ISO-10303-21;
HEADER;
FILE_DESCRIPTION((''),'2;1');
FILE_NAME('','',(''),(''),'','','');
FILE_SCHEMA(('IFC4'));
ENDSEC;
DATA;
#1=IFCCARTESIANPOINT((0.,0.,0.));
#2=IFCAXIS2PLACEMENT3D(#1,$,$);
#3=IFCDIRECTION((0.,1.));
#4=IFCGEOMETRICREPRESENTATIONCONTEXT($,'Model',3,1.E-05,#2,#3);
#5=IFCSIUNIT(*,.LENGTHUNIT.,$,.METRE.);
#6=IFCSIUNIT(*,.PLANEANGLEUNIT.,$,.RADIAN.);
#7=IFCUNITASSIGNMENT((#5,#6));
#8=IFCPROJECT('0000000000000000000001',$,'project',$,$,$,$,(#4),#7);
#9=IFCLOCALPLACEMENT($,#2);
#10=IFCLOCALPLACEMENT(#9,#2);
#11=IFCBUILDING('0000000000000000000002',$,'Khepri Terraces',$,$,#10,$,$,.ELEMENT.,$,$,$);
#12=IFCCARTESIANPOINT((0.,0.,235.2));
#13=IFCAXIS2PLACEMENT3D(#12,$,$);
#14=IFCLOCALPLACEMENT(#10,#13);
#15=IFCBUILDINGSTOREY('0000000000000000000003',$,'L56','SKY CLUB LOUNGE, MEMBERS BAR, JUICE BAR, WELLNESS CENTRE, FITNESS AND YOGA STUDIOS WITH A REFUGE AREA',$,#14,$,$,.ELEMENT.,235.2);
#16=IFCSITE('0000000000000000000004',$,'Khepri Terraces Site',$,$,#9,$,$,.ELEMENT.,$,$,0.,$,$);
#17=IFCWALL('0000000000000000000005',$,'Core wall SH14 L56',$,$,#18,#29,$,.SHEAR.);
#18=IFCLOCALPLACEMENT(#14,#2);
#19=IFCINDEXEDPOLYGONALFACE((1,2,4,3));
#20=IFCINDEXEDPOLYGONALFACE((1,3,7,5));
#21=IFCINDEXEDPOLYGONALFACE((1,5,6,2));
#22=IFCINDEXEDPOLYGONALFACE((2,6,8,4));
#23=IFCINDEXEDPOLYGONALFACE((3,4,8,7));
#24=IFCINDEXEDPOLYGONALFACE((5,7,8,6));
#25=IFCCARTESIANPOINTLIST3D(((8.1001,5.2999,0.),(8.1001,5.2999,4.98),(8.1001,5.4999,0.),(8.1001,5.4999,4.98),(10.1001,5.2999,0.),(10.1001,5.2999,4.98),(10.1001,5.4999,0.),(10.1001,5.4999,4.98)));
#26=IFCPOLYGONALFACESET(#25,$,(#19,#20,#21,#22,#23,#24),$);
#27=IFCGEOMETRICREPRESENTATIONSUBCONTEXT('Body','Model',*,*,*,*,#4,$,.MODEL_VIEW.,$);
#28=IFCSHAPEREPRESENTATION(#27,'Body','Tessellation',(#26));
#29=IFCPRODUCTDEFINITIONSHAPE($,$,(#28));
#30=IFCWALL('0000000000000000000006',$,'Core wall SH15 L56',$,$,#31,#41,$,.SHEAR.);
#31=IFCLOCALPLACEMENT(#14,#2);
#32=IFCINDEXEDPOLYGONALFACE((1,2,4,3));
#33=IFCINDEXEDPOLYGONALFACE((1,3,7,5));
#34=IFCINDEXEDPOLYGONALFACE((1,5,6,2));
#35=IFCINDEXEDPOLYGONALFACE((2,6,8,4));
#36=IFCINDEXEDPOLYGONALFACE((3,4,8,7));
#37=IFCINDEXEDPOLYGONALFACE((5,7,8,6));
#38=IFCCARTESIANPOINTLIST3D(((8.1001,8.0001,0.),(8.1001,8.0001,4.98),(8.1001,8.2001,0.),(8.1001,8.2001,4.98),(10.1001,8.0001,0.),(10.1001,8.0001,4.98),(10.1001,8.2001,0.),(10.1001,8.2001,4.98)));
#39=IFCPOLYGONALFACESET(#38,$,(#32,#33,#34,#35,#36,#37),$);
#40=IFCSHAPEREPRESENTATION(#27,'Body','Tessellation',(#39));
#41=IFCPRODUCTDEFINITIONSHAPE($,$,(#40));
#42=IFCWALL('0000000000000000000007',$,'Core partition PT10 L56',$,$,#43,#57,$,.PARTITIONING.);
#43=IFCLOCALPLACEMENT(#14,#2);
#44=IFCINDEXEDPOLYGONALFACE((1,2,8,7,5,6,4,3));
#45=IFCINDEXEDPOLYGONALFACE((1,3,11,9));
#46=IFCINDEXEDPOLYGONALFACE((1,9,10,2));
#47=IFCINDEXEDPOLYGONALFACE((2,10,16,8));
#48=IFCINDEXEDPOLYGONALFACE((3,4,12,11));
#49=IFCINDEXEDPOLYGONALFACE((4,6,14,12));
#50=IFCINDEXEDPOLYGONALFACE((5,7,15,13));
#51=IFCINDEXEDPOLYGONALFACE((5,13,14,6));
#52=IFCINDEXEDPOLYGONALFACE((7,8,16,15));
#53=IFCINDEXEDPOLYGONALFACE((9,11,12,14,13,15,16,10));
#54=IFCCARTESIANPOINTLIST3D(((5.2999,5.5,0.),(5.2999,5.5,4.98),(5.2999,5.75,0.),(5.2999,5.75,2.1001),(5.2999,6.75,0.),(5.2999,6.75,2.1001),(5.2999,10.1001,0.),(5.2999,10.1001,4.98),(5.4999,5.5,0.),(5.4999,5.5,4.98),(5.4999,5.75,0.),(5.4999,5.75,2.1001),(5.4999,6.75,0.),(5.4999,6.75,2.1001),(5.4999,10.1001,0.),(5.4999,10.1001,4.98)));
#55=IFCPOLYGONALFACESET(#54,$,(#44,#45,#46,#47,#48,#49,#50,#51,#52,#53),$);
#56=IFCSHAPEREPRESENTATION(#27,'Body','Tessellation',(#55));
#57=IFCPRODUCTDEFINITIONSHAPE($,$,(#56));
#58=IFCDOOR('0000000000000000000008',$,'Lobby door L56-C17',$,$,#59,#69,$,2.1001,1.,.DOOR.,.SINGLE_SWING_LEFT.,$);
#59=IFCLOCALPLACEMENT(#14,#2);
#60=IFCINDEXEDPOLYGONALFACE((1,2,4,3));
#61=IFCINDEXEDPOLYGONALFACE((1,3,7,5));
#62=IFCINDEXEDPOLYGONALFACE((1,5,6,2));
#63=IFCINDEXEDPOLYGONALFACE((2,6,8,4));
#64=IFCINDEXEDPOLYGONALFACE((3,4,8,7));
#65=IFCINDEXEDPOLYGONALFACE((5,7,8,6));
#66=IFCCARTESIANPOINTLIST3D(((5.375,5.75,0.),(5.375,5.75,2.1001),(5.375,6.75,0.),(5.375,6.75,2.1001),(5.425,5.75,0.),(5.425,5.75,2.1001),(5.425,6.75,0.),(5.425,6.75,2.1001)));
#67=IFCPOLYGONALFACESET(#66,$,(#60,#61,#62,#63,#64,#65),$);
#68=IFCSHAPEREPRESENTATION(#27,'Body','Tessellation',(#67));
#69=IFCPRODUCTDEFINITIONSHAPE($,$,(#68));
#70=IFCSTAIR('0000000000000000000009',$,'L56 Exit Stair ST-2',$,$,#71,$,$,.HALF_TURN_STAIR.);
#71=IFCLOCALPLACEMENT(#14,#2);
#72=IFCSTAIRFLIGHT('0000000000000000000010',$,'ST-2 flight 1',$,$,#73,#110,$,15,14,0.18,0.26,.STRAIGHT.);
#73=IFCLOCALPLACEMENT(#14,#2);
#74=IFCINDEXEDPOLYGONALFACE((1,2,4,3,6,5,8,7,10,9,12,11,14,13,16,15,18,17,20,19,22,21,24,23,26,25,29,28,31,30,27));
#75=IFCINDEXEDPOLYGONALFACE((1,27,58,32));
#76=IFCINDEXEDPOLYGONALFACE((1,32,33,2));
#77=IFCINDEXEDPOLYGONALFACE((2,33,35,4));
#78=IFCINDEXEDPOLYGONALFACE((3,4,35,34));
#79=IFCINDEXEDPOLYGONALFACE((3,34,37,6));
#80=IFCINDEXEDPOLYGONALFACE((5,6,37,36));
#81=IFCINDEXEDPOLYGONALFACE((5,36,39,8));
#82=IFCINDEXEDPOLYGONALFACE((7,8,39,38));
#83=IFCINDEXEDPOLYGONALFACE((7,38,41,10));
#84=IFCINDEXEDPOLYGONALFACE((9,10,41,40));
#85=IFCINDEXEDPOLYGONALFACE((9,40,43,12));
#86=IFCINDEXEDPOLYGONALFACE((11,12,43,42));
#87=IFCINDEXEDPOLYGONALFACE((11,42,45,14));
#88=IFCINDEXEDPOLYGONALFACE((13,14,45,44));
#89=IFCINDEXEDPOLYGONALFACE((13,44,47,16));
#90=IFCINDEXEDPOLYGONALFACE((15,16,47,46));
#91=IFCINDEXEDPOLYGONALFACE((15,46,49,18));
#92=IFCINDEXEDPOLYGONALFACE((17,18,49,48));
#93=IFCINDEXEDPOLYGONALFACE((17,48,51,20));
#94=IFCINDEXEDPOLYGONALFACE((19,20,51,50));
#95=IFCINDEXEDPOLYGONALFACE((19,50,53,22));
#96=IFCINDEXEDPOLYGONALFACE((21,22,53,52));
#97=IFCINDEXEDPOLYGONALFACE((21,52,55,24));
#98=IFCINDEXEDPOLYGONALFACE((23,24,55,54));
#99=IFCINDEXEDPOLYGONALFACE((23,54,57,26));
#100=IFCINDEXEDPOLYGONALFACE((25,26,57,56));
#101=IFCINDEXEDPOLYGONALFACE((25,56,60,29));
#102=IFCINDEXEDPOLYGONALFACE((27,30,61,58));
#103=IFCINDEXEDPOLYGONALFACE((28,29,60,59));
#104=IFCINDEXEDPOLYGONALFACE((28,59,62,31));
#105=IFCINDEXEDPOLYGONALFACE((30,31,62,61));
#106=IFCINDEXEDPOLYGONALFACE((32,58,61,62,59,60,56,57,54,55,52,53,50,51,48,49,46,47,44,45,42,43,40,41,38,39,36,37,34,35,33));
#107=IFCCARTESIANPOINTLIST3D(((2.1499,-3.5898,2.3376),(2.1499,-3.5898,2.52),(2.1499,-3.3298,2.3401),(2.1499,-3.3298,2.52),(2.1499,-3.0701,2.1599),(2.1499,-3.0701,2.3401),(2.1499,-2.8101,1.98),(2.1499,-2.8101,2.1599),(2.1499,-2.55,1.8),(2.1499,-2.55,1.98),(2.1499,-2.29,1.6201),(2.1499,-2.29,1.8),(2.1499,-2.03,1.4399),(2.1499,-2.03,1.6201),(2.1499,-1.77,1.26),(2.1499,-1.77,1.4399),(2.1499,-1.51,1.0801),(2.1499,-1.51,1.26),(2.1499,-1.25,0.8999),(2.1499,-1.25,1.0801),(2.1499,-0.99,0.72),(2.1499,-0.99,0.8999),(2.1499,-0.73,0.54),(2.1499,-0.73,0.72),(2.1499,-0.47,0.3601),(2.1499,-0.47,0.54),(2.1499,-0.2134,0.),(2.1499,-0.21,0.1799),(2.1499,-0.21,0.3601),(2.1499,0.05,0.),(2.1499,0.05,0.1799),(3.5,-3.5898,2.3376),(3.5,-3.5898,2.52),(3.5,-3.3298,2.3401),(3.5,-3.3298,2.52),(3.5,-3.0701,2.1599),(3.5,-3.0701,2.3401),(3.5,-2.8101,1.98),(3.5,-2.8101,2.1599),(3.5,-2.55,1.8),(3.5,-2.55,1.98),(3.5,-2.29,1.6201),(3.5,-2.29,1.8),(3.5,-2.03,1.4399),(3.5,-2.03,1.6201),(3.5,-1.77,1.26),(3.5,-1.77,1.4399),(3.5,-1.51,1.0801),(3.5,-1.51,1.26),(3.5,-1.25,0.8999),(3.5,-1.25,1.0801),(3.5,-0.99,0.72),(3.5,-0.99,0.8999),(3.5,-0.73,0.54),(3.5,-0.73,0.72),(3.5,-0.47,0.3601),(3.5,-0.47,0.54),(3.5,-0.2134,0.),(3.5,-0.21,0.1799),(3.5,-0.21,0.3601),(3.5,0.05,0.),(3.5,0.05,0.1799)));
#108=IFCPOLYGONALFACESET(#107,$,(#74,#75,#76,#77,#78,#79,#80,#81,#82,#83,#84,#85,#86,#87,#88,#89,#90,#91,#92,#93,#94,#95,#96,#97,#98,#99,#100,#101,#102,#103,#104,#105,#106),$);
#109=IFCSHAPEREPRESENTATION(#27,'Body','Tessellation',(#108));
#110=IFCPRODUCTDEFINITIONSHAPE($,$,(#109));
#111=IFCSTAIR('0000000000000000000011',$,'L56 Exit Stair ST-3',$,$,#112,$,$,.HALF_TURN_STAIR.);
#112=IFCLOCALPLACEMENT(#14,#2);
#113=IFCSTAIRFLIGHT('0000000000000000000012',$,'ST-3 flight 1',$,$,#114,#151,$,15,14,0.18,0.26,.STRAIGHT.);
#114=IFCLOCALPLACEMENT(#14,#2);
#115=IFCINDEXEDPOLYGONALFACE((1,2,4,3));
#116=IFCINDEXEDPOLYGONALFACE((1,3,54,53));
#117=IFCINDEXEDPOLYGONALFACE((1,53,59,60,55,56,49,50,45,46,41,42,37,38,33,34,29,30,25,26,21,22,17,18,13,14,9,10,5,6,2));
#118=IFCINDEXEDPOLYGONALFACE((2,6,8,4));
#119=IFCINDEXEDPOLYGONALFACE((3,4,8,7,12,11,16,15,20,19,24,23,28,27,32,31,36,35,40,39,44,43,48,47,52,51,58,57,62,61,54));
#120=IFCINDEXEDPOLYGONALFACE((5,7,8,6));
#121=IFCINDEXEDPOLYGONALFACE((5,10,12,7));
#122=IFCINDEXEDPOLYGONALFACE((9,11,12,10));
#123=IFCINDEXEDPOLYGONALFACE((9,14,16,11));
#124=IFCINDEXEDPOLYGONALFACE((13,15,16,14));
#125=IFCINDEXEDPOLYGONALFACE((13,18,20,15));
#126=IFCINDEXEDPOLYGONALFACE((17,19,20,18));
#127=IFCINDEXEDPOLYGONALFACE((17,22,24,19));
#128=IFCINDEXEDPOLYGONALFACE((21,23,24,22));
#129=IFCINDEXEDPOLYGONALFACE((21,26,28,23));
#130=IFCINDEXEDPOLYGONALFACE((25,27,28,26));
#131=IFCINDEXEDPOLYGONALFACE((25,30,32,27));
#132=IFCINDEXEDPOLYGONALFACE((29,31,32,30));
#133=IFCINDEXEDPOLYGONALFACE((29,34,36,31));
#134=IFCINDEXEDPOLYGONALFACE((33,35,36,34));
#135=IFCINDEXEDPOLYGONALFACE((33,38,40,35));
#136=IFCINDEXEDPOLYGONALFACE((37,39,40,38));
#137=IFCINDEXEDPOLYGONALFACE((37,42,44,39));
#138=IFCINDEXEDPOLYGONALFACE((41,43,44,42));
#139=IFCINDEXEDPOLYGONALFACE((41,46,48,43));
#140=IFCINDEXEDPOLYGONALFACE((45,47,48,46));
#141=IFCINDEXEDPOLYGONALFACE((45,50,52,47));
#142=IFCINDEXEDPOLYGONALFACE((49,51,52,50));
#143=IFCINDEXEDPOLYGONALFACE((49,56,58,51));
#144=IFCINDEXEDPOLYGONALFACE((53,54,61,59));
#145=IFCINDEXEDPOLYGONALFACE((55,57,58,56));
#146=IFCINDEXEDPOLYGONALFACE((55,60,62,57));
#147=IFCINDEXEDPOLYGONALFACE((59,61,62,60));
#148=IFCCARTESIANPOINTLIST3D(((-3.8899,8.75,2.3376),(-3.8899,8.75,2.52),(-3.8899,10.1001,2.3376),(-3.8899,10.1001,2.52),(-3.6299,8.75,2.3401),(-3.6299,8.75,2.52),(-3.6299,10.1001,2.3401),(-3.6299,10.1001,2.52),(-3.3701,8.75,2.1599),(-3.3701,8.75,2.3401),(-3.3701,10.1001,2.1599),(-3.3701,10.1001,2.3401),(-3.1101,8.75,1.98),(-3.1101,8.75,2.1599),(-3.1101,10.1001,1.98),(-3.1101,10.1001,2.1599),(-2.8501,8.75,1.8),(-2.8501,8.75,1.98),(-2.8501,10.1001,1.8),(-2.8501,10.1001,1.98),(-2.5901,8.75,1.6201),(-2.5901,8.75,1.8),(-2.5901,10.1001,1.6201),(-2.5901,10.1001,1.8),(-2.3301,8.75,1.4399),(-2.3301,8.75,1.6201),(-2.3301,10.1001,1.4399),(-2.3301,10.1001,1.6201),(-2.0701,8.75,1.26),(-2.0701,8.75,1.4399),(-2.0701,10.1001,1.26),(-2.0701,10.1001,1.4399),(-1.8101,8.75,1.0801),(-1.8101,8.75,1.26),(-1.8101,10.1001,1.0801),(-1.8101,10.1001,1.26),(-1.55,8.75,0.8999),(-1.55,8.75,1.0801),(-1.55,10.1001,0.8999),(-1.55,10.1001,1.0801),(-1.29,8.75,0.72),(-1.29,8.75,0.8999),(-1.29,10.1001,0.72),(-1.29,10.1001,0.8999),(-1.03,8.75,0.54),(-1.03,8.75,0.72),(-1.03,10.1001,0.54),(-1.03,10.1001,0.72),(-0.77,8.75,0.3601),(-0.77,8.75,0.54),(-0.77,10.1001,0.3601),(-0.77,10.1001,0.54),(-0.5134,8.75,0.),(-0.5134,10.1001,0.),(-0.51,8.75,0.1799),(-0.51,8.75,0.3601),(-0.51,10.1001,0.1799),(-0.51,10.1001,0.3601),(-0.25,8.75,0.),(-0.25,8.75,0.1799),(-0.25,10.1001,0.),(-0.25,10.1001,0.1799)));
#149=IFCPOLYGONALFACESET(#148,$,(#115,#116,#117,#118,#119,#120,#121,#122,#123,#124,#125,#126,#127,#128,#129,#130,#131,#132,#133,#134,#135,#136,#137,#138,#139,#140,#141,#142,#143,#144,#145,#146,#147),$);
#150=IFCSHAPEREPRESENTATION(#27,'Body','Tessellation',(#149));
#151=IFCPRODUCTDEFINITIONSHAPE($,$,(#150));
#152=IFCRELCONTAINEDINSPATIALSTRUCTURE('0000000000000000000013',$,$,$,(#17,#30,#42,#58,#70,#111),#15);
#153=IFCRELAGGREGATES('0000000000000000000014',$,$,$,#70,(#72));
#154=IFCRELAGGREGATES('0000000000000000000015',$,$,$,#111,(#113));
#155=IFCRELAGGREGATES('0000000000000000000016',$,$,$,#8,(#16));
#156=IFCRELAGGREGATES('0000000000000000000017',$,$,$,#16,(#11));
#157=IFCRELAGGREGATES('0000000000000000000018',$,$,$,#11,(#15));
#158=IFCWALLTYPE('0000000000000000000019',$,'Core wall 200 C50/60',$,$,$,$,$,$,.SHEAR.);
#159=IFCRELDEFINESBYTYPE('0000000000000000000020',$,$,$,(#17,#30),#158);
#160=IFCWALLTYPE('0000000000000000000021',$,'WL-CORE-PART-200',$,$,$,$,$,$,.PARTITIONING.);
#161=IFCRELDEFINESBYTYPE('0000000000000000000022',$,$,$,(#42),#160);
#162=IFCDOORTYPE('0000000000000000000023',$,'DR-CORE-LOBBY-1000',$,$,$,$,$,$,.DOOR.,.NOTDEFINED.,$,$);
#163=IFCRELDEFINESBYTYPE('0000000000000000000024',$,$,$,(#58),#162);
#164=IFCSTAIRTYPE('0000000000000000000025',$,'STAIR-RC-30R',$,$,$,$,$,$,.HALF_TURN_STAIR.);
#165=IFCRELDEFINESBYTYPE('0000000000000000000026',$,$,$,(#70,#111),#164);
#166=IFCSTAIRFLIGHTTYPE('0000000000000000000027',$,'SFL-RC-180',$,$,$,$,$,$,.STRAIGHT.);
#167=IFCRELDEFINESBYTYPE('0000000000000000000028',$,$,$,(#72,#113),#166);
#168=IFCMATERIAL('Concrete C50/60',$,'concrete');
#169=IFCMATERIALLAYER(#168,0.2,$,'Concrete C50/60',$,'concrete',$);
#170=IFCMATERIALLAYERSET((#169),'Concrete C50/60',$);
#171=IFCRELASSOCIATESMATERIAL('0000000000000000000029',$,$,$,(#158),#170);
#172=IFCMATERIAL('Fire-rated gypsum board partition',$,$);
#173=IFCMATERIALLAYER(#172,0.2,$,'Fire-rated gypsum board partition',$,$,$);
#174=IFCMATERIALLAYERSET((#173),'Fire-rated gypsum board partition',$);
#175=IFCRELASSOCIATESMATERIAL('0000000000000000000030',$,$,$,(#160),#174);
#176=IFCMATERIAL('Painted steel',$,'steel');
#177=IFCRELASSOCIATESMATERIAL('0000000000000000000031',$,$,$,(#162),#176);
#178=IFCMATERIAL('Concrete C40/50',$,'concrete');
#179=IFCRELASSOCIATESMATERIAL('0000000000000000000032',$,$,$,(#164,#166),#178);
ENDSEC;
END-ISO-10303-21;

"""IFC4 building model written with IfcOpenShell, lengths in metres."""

from ifc_helpers import new_model, si_unit, direction, frame, frame_2d, origin, place, context, subcontext, project, spatial, polyline, rectangle, outline, extrude, material, layer, layer_set, type_object, element, fill, aggregate, save


model = new_model("IFC4")

# Units and contexts
model_context = context("Model", 3, precision=1e-05, world=origin(), true_north=direction((0.0, 1.0)))
body_context = subcontext(model_context, "Body", "Model", "MODEL_VIEW")
ifc_project = project(units=[si_unit("LENGTHUNIT", "METRE"), si_unit("PLANEANGLEUNIT", "RADIAN")], contexts=[model_context])

# Site, building, storey
site_placement = place(None, origin())
site = spatial("IfcSite", under=ifc_project, at=site_placement, Name="Khepri Terraces Site", CompositionType="ELEMENT", RefElevation=0.0)
building_placement = place(site_placement, origin())
building = spatial("IfcBuilding", under=site, at=building_placement, Name="Khepri Terraces", CompositionType="ELEMENT")
storey_placement = place(building_placement, frame((0.0, 0.0, 235.2)))
storey = spatial("IfcBuildingStorey", under=building, at=storey_placement, Name="L56", Description="SKY CLUB LOUNGE, MEMBERS BAR, JUICE BAR, WELLNESS CENTRE, FITNESS AND YOGA STUDIOS WITH A REFUGE AREA", CompositionType="ELEMENT", Elevation=235.2)

# Shared definitions
ifc_material_1 = material(Name="Concrete C50/60", Category="concrete")
ifc_layer_1 = layer(ifc_material_1, 0.2, Name="Concrete C50/60", Category="concrete")
ifc_layer_set_1 = layer_set([ifc_layer_1], Name="Concrete C50/60")
wall_type_1 = type_object("IfcWallType", Name="Core wall 200 C50/60", PredefinedType="SHEAR", material=ifc_layer_set_1)

# Shared definitions
ifc_material_2 = material(Name="Painted steel", Category="steel")

# Walls
for number, where, z_axis, x_axis, name in (
    (1, (8.1001, 5.3999, 0.0), (0.0, 0.0, 1.0), (1.0, 0.0, 0.0), "Core wall SH14 L56"),
    (2, (8.1001, 8.1001, 0.0), (0.0, 0.0, 1.0), (1.0, 0.0, 0.0), "Core wall SH15 L56"),
):
    element("IfcWall", number, at=place(storey_placement, frame(where, z_axis=z_axis, x_axis=x_axis)), inside=storey, type_object=wall_type_1, Name=name, PredefinedType="SHEAR", context=body_context, shape_type="SweptSolid", body=[
        extrude(rectangle(XDim=2.0, YDim=0.2, at=frame_2d((1.0, 0.0))), origin(), (0.0, 0.0, 1.0), 4.98),
    ])

# Wall, opening, door
ifc_material_3 = material(Name="Fire-rated gypsum board partition")
ifc_layer_2 = layer(ifc_material_3, 0.2, Name="Fire-rated gypsum board partition")
ifc_layer_set_2 = layer_set([ifc_layer_2], Name="Fire-rated gypsum board partition")
wall_type_2 = type_object("IfcWallType", Name="WL-CORE-PART-200", PredefinedType="PARTITIONING", material=ifc_layer_set_2)
wall_1_placement = place(storey_placement, frame((5.3999, 5.5, 0.0), z_axis=(0.0, 0.0, 1.0), x_axis=(0.0, 1.0, 0.0)))
wall_1 = element("IfcWall", 3, at=wall_1_placement, inside=storey, type_object=wall_type_2, Name="Core partition PT10 L56", PredefinedType="PARTITIONING", context=body_context, shape_type="SweptSolid", body=[
    extrude(rectangle(XDim=4.6001, YDim=0.2, at=frame_2d((2.3, 0.0))), origin(), (0.0, 0.0, 1.0), 4.98),
])
opening_1_placement = place(wall_1_placement, frame((0.25, 0.0, 0.0)))
opening_1 = element("IfcOpeningElement", 4, at=opening_1_placement, cuts=wall_1, PredefinedType="OPENING", context=body_context, shape_type="SweptSolid", body=[
    extrude(rectangle(XDim=1.0, YDim=2.1001, at=frame_2d((0.5, 1.05))), frame((0.0, 0.1099, 0.0), z_axis=(0.0, -1.0, 0.0), x_axis=(1.0, 0.0, 0.0)), (0.0, 0.0, 1.0), 0.22),
])
door_type_1 = type_object("IfcDoorType", Name="DR-CORE-LOBBY-1000", OperationType="NOTDEFINED", PredefinedType="DOOR", material=ifc_material_2)
door_1_placement = place(opening_1_placement, origin())
door_1 = element("IfcDoor", 5, at=door_1_placement, inside=storey, type_object=door_type_1, Name="Lobby door L56-C17", OperationType="SINGLE_SWING_LEFT", OverallHeight=2.1001, OverallWidth=1.0, PredefinedType="DOOR", context=body_context, shape_type="SweptSolid", body=[
    extrude(rectangle(XDim=1.0, YDim=2.1001, at=frame_2d((0.5, 1.05))), frame((0.0, 0.0249, 0.0), z_axis=(0.0, -1.0, 0.0), x_axis=(1.0, 0.0, 0.0)), (0.0, 0.0, 1.0), 0.05),
])
fill(opening_1, door_1)

# Stairs, stair flights
ifc_material_4 = material(Name="Concrete C40/50", Category="concrete")
stair_type = type_object("IfcStairType", Name="STAIR-RC-30R", PredefinedType="HALF_TURN_STAIR", material=ifc_material_4)
stair_1_placement = place(storey_placement, origin())
stair_1 = element("IfcStair", 6, at=stair_1_placement, inside=storey, type_object=stair_type, Name="L56 Exit Stair ST-2", PredefinedType="HALF_TURN_STAIR")
stair_flight_type = type_object("IfcStairFlightType", Name="SFL-RC-180", PredefinedType="STRAIGHT", material=ifc_material_4)
stair_flight_1_placement = place(storey_placement, frame((2.825, 0.05, 0.0), z_axis=(0.0, 0.0, 1.0), x_axis=(0.0, -1.0, 0.0)))
stair_flight_1 = element("IfcStairFlight", 7, at=stair_flight_1_placement, type_object=stair_flight_type, Name="ST-2 flight 1", NumberOfRisers=15, NumberOfTreads=14, PredefinedType="STRAIGHT", RiserHeight=0.18, TreadLength=0.26, context=body_context, shape_type="SweptSolid", body=[
    extrude(outline(polyline([(0.0, 0.0), (0.0, 0.1799), (0.26, 0.1799), (0.26, 0.3601), (0.52, 0.3601), (0.52, 0.54), (0.78, 0.54), (0.78, 0.72), (1.04, 0.72), (1.04, 0.8999), (1.3, 0.8999), (1.3, 1.0801), (1.5601, 1.0801), (1.5601, 1.26), (1.8201, 1.26), (1.8201, 1.4399), (2.0801, 1.4399), (2.0801, 1.6201), (2.3401, 1.6201), (2.3401, 1.8), (2.6001, 1.8), (2.6001, 1.98), (2.8601, 1.98), (2.8601, 2.1599), (3.1201, 2.1599), (3.1201, 2.3401), (3.3799, 2.3401), (3.3799, 2.52), (3.6399, 2.52), (3.6399, 2.7), (3.6399, 2.3376), (0.2634, 0.0), (0.0, 0.0)])), frame((0.0, 0.675, 0.0), z_axis=(0.0, -1.0, 0.0), x_axis=(1.0, 0.0, 0.0)), (0.0, 0.0, 1.0), 1.3501),
])
aggregate(stair_1, [stair_flight_1])
stair_2_placement = place(storey_placement, origin())
stair_2 = element("IfcStair", 8, at=stair_2_placement, inside=storey, type_object=stair_type, Name="L56 Exit Stair ST-3", PredefinedType="HALF_TURN_STAIR")
stair_flight_2_placement = place(storey_placement, frame((-0.25, 9.425, 0.0), z_axis=(0.0, 0.0, 1.0), x_axis=(-1.0, 0.0, 0.0)))
stair_flight_2 = element("IfcStairFlight", 9, at=stair_flight_2_placement, type_object=stair_flight_type, Name="ST-3 flight 1", NumberOfRisers=15, NumberOfTreads=14, PredefinedType="STRAIGHT", RiserHeight=0.18, TreadLength=0.26, context=body_context, shape_type="SweptSolid", body=[
    extrude(outline(polyline([(0.0, 0.0), (0.0, 0.1799), (0.26, 0.1799), (0.26, 0.3601), (0.52, 0.3601), (0.52, 0.54), (0.78, 0.54), (0.78, 0.72), (1.04, 0.72), (1.04, 0.8999), (1.3, 0.8999), (1.3, 1.0801), (1.5601, 1.0801), (1.5601, 1.26), (1.8201, 1.26), (1.8201, 1.4399), (2.0801, 1.4399), (2.0801, 1.6201), (2.3401, 1.6201), (2.3401, 1.8), (2.6001, 1.8), (2.6001, 1.98), (2.8601, 1.98), (2.8601, 2.1599), (3.1201, 2.1599), (3.1201, 2.3401), (3.3799, 2.3401), (3.3799, 2.52), (3.6399, 2.52), (3.6399, 2.7), (3.6399, 2.3376), (0.2634, 0.0), (0.0, 0.0)])), frame((0.0, 0.675, 0.0), z_axis=(0.0, -1.0, 0.0), x_axis=(1.0, 0.0, 0.0)), (0.0, 0.0, 1.0), 1.3501),
])
aggregate(stair_2, [stair_flight_2])

save(model, "model.ifc")
